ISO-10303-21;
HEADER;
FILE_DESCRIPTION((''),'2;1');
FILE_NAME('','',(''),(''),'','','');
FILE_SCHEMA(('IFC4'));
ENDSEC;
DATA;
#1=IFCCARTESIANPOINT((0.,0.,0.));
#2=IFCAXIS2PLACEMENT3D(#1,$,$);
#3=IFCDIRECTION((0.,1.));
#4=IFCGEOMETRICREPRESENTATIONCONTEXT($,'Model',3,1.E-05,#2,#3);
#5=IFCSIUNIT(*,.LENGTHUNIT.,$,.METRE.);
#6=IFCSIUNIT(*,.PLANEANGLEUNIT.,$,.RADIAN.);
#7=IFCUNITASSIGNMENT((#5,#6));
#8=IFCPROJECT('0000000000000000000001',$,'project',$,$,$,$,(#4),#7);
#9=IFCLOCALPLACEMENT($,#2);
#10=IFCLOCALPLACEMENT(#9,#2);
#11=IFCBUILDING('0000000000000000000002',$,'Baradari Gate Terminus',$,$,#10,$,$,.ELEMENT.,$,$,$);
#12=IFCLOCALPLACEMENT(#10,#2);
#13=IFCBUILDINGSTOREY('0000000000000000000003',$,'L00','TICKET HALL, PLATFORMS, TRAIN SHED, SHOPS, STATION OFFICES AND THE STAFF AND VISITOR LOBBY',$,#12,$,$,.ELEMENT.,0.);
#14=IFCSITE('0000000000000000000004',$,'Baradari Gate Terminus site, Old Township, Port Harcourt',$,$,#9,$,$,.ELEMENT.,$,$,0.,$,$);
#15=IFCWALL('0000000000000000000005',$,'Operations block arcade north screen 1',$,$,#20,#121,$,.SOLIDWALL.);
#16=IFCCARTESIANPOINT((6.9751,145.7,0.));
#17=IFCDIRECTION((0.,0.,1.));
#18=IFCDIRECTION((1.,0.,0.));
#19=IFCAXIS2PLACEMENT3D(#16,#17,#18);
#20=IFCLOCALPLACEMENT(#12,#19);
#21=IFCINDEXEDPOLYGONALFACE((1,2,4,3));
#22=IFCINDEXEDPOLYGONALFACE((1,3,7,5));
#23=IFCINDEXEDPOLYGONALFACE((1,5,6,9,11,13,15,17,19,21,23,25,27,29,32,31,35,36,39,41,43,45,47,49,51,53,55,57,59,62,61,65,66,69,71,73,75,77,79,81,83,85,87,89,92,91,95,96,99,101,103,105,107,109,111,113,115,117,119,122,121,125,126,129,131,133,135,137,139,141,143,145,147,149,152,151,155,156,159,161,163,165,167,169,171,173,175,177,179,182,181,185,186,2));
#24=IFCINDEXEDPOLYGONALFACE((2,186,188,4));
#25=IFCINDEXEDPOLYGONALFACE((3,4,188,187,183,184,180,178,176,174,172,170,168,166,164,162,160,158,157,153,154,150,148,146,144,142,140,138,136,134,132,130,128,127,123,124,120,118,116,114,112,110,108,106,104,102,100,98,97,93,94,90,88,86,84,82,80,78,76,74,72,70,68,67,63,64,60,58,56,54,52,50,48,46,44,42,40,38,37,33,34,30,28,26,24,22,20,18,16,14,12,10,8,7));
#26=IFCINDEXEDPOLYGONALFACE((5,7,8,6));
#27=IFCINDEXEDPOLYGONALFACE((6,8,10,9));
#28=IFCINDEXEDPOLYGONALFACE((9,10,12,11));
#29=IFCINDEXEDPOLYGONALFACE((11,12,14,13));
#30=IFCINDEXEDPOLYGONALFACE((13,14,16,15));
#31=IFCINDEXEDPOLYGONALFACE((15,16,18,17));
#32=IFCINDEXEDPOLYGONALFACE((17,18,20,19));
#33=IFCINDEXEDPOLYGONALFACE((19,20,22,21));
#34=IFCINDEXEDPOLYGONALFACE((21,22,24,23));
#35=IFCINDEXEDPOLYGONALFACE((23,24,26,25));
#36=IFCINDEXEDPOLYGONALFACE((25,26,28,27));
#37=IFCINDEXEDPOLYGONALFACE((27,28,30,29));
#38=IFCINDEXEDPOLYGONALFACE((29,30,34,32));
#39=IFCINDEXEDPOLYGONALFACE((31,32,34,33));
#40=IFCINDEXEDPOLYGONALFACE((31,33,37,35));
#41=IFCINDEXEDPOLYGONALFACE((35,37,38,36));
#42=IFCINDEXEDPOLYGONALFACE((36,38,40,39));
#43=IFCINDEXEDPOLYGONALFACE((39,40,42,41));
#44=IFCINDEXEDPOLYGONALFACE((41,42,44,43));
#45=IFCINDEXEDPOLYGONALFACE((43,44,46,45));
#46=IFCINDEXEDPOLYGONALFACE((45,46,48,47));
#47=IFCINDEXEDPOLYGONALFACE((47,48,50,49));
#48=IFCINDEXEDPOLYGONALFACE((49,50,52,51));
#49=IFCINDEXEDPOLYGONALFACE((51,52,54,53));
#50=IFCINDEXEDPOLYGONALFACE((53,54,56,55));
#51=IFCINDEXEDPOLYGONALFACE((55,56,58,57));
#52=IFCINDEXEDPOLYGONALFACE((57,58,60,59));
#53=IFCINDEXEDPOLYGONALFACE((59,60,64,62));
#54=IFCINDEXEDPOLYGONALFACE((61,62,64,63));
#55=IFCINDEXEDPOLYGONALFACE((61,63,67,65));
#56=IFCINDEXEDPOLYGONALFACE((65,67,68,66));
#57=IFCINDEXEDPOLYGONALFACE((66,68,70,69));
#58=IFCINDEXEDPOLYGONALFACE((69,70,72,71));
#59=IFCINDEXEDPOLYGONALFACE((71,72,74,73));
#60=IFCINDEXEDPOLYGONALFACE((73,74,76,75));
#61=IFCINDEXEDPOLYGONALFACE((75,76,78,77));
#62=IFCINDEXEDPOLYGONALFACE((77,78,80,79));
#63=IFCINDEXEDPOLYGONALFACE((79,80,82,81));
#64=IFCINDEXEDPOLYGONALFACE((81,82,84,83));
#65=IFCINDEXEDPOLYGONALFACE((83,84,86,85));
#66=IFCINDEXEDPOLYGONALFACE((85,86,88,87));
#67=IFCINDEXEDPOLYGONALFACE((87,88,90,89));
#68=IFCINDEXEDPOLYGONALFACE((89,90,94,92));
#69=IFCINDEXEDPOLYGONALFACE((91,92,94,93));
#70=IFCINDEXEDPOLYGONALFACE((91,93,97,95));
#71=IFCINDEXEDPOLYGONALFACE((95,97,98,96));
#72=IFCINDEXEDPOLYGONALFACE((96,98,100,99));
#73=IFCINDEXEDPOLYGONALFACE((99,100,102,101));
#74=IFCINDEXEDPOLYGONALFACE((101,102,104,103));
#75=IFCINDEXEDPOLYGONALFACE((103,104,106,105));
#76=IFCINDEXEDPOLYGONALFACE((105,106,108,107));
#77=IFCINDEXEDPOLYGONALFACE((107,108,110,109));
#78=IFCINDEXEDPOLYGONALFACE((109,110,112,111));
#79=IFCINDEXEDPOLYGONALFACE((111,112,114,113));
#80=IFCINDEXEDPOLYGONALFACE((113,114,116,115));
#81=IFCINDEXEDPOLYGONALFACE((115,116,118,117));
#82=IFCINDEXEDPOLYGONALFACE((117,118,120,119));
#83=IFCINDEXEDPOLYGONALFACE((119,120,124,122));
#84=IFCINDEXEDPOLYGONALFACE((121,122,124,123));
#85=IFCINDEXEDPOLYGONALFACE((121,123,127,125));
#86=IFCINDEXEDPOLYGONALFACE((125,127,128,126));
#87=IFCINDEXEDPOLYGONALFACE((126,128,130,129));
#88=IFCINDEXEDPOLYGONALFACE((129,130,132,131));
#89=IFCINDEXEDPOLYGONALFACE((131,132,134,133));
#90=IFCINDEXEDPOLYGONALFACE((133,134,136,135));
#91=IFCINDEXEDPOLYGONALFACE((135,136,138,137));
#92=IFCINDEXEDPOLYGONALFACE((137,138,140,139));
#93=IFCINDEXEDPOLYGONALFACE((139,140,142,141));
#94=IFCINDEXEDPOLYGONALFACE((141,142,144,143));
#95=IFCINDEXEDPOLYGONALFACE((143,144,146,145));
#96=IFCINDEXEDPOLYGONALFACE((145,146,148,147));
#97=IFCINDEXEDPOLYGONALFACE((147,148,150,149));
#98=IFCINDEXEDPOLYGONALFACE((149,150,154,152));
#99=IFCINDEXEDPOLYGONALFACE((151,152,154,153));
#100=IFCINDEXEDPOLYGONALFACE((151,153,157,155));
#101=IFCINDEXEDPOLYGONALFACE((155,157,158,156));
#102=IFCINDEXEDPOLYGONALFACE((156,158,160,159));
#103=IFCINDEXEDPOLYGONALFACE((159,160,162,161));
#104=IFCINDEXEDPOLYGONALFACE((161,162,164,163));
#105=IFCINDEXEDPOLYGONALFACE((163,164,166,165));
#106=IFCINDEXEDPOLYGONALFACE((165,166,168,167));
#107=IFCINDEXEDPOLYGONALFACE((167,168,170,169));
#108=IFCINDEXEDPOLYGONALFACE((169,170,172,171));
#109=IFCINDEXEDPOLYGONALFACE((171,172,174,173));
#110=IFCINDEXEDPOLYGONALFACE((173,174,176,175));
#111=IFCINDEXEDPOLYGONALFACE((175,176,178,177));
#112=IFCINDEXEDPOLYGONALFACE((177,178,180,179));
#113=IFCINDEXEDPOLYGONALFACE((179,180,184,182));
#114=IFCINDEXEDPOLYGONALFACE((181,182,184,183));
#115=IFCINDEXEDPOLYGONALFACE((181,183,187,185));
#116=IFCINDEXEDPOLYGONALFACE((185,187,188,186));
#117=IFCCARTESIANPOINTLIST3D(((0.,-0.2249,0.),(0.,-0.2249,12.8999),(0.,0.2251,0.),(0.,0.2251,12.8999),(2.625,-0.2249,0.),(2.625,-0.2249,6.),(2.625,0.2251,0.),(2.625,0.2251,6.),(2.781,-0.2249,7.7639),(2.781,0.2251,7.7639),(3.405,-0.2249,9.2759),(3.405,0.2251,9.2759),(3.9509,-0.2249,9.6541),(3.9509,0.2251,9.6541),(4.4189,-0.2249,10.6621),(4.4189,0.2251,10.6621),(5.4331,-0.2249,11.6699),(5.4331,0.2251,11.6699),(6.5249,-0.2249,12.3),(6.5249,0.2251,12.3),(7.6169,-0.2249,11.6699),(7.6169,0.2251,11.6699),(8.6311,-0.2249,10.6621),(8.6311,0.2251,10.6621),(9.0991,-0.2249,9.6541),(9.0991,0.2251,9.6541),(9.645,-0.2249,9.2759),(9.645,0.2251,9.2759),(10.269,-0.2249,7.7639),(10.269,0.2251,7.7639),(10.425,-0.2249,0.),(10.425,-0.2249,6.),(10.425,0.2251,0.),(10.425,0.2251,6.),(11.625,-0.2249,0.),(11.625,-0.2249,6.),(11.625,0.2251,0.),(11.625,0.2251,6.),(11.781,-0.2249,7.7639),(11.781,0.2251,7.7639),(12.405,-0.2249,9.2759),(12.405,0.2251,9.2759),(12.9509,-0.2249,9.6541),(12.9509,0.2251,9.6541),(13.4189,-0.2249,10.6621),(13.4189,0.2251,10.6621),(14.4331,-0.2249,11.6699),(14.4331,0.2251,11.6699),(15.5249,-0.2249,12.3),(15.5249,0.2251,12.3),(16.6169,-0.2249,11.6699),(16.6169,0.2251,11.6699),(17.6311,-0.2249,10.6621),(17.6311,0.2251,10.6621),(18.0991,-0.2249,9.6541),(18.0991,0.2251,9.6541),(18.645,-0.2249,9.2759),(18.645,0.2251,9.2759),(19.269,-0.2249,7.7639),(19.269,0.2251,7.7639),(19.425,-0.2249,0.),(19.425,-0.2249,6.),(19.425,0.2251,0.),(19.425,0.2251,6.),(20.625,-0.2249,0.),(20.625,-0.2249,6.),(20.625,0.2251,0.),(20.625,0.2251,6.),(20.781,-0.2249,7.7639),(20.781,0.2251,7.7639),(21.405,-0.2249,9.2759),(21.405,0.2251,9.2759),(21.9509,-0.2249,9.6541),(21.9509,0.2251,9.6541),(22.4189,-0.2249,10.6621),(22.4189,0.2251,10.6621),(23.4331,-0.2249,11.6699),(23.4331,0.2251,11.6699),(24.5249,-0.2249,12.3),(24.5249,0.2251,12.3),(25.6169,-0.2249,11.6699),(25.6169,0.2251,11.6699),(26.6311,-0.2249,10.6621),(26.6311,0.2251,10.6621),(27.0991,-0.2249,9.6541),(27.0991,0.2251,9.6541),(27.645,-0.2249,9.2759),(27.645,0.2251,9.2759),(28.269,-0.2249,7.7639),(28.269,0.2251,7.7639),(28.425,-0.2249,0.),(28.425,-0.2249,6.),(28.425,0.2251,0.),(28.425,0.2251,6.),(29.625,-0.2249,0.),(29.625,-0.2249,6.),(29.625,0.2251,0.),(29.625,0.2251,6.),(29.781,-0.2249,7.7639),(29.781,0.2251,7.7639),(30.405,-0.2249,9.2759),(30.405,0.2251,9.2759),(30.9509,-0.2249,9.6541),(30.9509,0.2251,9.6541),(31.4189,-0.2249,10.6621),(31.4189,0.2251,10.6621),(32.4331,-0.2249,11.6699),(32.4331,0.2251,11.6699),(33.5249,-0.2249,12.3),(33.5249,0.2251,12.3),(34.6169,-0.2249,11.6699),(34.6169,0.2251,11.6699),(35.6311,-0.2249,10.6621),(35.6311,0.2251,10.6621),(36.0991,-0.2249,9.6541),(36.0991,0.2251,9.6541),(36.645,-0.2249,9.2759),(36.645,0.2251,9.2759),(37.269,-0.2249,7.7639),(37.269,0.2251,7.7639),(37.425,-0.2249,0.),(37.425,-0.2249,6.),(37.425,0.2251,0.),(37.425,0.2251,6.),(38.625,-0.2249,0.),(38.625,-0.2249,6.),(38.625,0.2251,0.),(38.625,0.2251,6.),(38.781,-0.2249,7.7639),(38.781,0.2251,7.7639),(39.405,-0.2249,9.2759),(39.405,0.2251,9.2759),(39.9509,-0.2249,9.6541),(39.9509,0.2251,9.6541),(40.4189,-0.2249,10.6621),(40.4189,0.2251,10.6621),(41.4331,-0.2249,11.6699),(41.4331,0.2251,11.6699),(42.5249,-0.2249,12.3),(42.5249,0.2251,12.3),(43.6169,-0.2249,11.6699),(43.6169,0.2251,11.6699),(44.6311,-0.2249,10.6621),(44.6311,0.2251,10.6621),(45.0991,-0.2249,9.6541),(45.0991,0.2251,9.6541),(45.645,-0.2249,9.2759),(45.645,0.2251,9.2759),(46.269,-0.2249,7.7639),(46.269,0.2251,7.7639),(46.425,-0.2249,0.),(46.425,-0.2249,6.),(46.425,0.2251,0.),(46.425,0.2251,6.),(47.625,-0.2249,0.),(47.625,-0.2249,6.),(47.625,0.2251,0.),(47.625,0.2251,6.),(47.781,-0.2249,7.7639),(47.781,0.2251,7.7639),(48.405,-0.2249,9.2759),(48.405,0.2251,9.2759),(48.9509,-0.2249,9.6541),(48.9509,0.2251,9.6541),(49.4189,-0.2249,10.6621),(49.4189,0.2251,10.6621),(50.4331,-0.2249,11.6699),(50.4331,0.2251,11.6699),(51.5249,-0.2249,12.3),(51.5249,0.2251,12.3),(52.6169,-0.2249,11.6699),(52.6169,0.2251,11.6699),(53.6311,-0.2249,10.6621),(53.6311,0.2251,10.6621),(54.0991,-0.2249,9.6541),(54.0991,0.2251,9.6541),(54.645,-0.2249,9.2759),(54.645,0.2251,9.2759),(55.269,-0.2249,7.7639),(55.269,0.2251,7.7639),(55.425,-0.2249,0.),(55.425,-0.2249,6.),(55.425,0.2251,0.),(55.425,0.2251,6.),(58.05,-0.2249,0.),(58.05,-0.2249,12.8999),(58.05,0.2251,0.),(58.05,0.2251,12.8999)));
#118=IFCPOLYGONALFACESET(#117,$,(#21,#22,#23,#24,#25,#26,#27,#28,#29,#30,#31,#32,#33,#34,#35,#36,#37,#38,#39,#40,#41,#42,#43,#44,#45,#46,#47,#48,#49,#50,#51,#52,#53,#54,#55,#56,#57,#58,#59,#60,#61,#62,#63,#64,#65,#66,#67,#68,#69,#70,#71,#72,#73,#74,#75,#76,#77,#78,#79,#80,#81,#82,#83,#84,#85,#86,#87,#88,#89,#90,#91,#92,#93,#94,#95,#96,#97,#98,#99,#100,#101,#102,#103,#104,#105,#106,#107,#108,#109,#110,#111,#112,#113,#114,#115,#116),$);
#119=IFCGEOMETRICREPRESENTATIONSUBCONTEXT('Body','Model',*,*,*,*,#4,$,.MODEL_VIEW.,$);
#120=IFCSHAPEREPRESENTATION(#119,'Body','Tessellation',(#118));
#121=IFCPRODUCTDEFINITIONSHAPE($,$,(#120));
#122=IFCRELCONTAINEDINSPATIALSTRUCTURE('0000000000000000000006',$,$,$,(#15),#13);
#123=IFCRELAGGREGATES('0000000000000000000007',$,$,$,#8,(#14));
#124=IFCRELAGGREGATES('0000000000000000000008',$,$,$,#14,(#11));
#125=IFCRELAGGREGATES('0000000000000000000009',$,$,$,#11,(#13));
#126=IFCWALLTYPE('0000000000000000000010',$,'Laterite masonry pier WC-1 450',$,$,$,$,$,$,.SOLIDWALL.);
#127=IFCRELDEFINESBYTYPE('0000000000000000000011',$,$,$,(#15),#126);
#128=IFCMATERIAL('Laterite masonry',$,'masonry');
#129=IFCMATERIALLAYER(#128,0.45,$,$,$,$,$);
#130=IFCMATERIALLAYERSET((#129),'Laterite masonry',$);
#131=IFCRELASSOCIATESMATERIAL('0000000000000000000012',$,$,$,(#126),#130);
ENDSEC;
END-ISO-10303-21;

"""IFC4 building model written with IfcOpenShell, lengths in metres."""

from ifc_helpers import new_model, si_unit, direction, frame, origin, place, context, subcontext, project, spatial, polyline, outline, extrude, material, layer, layer_set, type_object, element, save


model = new_model("IFC4")

# Units and contexts
model_context = context("Model", 3, precision=1e-05, world=origin(), true_north=direction((0.0, 1.0)))
body_context = subcontext(model_context, "Body", "Model", "MODEL_VIEW")
ifc_project = project(units=[si_unit("LENGTHUNIT", "METRE"), si_unit("PLANEANGLEUNIT", "RADIAN")], contexts=[model_context])

# Site, building, storey
site_placement = place(None, origin())
site = spatial("IfcSite", under=ifc_project, at=site_placement, Name="Baradari Gate Terminus site, Old Township, Port Harcourt", CompositionType="ELEMENT", RefElevation=0.0)
building_placement = place(site_placement, origin())
building = spatial("IfcBuilding", under=site, at=building_placement, Name="Baradari Gate Terminus", CompositionType="ELEMENT")
storey_placement = place(building_placement, origin())
storey = spatial("IfcBuildingStorey", under=building, at=storey_placement, Name="L00", Description="TICKET HALL, PLATFORMS, TRAIN SHED, SHOPS, STATION OFFICES AND THE STAFF AND VISITOR LOBBY", CompositionType="ELEMENT", Elevation=0.0)

# Wall
ifc_material_1 = material(Name="Laterite masonry", Category="masonry")
ifc_layer_1 = layer(ifc_material_1, 0.45)
ifc_layer_set_1 = layer_set([ifc_layer_1], Name="Laterite masonry")
wall_type_1 = type_object("IfcWallType", Name="Laterite masonry pier WC-1 450", PredefinedType="SOLIDWALL", material=ifc_layer_set_1)
wall_1_placement = place(storey_placement, frame((6.9751, 145.7, 0.0), z_axis=(0.0, 0.0, 1.0), x_axis=(1.0, 0.0, 0.0)))
element("IfcWall", 1, at=wall_1_placement, inside=storey, type_object=wall_type_1, Name="Operations block arcade north screen 1", PredefinedType="SOLIDWALL", context=body_context, shape_type="SweptSolid", body=[
    extrude(outline(polyline([(2.625, 0.0), (2.625, 6.0), (2.781, 7.7639), (3.405, 9.2759), (3.9509, 9.6541), (4.4189, 10.6621), (5.4331, 11.6699), (6.5249, 12.3), (7.6169, 11.6699), (8.6311, 10.6621), (9.0991, 9.6541), (9.645, 9.2759), (10.269, 7.7639), (10.425, 6.0), (10.425, 0.0), (11.625, 0.0), (11.625, 6.0), (11.781, 7.7639), (12.405, 9.2759), (12.9509, 9.6541), (13.4189, 10.6621), (14.4331, 11.6699), (15.5249, 12.3), (16.6169, 11.6699), (17.6311, 10.6621), (18.0991, 9.6541), (18.645, 9.2759), (19.269, 7.7639), (19.425, 6.0), (19.425, 0.0), (20.625, 0.0), (20.625, 6.0), (20.781, 7.7639), (21.405, 9.2759), (21.9509, 9.6541), (22.4189, 10.6621), (23.4331, 11.6699), (24.5249, 12.3), (25.6169, 11.6699), (26.6311, 10.6621), (27.0991, 9.6541), (27.645, 9.2759), (28.269, 7.7639), (28.425, 6.0), (28.425, 0.0), (29.625, 0.0), (29.625, 6.0), (29.781, 7.7639), (30.405, 9.2759), (30.9509, 9.6541), (31.4189, 10.6621), (32.4331, 11.6699), (33.5249, 12.3), (34.6169, 11.6699), (35.6311, 10.6621), (36.0991, 9.6541), (36.645, 9.2759), (37.269, 7.7639), (37.425, 6.0), (37.425, 0.0), (38.625, 0.0), (38.625, 6.0), (38.781, 7.7639), (39.405, 9.2759), (39.9509, 9.6541), (40.4189, 10.6621), (41.4331, 11.6699), (42.5249, 12.3), (43.6169, 11.6699), (44.6311, 10.6621), (45.0991, 9.6541), (45.645, 9.2759), (46.269, 7.7639), (46.425, 6.0), (46.425, 0.0), (47.625, 0.0), (47.625, 6.0), (47.781, 7.7639), (48.405, 9.2759), (48.9509, 9.6541), (49.4189, 10.6621), (50.4331, 11.6699), (51.5249, 12.3), (52.6169, 11.6699), (53.6311, 10.6621), (54.0991, 9.6541), (54.645, 9.2759), (55.269, 7.7639), (55.425, 6.0), (55.425, 0.0), (58.05, 0.0), (58.05, 12.8999), (0.0, 12.8999), (0.0, 0.0), (2.625, 0.0)])), frame((0.0, 0.2251, 0.0), z_axis=(0.0, -1.0, 0.0), x_axis=(1.0, 0.0, 0.0)), (0.0, 0.0, 1.0), 0.45),
])

save(model, "model.ifc")
